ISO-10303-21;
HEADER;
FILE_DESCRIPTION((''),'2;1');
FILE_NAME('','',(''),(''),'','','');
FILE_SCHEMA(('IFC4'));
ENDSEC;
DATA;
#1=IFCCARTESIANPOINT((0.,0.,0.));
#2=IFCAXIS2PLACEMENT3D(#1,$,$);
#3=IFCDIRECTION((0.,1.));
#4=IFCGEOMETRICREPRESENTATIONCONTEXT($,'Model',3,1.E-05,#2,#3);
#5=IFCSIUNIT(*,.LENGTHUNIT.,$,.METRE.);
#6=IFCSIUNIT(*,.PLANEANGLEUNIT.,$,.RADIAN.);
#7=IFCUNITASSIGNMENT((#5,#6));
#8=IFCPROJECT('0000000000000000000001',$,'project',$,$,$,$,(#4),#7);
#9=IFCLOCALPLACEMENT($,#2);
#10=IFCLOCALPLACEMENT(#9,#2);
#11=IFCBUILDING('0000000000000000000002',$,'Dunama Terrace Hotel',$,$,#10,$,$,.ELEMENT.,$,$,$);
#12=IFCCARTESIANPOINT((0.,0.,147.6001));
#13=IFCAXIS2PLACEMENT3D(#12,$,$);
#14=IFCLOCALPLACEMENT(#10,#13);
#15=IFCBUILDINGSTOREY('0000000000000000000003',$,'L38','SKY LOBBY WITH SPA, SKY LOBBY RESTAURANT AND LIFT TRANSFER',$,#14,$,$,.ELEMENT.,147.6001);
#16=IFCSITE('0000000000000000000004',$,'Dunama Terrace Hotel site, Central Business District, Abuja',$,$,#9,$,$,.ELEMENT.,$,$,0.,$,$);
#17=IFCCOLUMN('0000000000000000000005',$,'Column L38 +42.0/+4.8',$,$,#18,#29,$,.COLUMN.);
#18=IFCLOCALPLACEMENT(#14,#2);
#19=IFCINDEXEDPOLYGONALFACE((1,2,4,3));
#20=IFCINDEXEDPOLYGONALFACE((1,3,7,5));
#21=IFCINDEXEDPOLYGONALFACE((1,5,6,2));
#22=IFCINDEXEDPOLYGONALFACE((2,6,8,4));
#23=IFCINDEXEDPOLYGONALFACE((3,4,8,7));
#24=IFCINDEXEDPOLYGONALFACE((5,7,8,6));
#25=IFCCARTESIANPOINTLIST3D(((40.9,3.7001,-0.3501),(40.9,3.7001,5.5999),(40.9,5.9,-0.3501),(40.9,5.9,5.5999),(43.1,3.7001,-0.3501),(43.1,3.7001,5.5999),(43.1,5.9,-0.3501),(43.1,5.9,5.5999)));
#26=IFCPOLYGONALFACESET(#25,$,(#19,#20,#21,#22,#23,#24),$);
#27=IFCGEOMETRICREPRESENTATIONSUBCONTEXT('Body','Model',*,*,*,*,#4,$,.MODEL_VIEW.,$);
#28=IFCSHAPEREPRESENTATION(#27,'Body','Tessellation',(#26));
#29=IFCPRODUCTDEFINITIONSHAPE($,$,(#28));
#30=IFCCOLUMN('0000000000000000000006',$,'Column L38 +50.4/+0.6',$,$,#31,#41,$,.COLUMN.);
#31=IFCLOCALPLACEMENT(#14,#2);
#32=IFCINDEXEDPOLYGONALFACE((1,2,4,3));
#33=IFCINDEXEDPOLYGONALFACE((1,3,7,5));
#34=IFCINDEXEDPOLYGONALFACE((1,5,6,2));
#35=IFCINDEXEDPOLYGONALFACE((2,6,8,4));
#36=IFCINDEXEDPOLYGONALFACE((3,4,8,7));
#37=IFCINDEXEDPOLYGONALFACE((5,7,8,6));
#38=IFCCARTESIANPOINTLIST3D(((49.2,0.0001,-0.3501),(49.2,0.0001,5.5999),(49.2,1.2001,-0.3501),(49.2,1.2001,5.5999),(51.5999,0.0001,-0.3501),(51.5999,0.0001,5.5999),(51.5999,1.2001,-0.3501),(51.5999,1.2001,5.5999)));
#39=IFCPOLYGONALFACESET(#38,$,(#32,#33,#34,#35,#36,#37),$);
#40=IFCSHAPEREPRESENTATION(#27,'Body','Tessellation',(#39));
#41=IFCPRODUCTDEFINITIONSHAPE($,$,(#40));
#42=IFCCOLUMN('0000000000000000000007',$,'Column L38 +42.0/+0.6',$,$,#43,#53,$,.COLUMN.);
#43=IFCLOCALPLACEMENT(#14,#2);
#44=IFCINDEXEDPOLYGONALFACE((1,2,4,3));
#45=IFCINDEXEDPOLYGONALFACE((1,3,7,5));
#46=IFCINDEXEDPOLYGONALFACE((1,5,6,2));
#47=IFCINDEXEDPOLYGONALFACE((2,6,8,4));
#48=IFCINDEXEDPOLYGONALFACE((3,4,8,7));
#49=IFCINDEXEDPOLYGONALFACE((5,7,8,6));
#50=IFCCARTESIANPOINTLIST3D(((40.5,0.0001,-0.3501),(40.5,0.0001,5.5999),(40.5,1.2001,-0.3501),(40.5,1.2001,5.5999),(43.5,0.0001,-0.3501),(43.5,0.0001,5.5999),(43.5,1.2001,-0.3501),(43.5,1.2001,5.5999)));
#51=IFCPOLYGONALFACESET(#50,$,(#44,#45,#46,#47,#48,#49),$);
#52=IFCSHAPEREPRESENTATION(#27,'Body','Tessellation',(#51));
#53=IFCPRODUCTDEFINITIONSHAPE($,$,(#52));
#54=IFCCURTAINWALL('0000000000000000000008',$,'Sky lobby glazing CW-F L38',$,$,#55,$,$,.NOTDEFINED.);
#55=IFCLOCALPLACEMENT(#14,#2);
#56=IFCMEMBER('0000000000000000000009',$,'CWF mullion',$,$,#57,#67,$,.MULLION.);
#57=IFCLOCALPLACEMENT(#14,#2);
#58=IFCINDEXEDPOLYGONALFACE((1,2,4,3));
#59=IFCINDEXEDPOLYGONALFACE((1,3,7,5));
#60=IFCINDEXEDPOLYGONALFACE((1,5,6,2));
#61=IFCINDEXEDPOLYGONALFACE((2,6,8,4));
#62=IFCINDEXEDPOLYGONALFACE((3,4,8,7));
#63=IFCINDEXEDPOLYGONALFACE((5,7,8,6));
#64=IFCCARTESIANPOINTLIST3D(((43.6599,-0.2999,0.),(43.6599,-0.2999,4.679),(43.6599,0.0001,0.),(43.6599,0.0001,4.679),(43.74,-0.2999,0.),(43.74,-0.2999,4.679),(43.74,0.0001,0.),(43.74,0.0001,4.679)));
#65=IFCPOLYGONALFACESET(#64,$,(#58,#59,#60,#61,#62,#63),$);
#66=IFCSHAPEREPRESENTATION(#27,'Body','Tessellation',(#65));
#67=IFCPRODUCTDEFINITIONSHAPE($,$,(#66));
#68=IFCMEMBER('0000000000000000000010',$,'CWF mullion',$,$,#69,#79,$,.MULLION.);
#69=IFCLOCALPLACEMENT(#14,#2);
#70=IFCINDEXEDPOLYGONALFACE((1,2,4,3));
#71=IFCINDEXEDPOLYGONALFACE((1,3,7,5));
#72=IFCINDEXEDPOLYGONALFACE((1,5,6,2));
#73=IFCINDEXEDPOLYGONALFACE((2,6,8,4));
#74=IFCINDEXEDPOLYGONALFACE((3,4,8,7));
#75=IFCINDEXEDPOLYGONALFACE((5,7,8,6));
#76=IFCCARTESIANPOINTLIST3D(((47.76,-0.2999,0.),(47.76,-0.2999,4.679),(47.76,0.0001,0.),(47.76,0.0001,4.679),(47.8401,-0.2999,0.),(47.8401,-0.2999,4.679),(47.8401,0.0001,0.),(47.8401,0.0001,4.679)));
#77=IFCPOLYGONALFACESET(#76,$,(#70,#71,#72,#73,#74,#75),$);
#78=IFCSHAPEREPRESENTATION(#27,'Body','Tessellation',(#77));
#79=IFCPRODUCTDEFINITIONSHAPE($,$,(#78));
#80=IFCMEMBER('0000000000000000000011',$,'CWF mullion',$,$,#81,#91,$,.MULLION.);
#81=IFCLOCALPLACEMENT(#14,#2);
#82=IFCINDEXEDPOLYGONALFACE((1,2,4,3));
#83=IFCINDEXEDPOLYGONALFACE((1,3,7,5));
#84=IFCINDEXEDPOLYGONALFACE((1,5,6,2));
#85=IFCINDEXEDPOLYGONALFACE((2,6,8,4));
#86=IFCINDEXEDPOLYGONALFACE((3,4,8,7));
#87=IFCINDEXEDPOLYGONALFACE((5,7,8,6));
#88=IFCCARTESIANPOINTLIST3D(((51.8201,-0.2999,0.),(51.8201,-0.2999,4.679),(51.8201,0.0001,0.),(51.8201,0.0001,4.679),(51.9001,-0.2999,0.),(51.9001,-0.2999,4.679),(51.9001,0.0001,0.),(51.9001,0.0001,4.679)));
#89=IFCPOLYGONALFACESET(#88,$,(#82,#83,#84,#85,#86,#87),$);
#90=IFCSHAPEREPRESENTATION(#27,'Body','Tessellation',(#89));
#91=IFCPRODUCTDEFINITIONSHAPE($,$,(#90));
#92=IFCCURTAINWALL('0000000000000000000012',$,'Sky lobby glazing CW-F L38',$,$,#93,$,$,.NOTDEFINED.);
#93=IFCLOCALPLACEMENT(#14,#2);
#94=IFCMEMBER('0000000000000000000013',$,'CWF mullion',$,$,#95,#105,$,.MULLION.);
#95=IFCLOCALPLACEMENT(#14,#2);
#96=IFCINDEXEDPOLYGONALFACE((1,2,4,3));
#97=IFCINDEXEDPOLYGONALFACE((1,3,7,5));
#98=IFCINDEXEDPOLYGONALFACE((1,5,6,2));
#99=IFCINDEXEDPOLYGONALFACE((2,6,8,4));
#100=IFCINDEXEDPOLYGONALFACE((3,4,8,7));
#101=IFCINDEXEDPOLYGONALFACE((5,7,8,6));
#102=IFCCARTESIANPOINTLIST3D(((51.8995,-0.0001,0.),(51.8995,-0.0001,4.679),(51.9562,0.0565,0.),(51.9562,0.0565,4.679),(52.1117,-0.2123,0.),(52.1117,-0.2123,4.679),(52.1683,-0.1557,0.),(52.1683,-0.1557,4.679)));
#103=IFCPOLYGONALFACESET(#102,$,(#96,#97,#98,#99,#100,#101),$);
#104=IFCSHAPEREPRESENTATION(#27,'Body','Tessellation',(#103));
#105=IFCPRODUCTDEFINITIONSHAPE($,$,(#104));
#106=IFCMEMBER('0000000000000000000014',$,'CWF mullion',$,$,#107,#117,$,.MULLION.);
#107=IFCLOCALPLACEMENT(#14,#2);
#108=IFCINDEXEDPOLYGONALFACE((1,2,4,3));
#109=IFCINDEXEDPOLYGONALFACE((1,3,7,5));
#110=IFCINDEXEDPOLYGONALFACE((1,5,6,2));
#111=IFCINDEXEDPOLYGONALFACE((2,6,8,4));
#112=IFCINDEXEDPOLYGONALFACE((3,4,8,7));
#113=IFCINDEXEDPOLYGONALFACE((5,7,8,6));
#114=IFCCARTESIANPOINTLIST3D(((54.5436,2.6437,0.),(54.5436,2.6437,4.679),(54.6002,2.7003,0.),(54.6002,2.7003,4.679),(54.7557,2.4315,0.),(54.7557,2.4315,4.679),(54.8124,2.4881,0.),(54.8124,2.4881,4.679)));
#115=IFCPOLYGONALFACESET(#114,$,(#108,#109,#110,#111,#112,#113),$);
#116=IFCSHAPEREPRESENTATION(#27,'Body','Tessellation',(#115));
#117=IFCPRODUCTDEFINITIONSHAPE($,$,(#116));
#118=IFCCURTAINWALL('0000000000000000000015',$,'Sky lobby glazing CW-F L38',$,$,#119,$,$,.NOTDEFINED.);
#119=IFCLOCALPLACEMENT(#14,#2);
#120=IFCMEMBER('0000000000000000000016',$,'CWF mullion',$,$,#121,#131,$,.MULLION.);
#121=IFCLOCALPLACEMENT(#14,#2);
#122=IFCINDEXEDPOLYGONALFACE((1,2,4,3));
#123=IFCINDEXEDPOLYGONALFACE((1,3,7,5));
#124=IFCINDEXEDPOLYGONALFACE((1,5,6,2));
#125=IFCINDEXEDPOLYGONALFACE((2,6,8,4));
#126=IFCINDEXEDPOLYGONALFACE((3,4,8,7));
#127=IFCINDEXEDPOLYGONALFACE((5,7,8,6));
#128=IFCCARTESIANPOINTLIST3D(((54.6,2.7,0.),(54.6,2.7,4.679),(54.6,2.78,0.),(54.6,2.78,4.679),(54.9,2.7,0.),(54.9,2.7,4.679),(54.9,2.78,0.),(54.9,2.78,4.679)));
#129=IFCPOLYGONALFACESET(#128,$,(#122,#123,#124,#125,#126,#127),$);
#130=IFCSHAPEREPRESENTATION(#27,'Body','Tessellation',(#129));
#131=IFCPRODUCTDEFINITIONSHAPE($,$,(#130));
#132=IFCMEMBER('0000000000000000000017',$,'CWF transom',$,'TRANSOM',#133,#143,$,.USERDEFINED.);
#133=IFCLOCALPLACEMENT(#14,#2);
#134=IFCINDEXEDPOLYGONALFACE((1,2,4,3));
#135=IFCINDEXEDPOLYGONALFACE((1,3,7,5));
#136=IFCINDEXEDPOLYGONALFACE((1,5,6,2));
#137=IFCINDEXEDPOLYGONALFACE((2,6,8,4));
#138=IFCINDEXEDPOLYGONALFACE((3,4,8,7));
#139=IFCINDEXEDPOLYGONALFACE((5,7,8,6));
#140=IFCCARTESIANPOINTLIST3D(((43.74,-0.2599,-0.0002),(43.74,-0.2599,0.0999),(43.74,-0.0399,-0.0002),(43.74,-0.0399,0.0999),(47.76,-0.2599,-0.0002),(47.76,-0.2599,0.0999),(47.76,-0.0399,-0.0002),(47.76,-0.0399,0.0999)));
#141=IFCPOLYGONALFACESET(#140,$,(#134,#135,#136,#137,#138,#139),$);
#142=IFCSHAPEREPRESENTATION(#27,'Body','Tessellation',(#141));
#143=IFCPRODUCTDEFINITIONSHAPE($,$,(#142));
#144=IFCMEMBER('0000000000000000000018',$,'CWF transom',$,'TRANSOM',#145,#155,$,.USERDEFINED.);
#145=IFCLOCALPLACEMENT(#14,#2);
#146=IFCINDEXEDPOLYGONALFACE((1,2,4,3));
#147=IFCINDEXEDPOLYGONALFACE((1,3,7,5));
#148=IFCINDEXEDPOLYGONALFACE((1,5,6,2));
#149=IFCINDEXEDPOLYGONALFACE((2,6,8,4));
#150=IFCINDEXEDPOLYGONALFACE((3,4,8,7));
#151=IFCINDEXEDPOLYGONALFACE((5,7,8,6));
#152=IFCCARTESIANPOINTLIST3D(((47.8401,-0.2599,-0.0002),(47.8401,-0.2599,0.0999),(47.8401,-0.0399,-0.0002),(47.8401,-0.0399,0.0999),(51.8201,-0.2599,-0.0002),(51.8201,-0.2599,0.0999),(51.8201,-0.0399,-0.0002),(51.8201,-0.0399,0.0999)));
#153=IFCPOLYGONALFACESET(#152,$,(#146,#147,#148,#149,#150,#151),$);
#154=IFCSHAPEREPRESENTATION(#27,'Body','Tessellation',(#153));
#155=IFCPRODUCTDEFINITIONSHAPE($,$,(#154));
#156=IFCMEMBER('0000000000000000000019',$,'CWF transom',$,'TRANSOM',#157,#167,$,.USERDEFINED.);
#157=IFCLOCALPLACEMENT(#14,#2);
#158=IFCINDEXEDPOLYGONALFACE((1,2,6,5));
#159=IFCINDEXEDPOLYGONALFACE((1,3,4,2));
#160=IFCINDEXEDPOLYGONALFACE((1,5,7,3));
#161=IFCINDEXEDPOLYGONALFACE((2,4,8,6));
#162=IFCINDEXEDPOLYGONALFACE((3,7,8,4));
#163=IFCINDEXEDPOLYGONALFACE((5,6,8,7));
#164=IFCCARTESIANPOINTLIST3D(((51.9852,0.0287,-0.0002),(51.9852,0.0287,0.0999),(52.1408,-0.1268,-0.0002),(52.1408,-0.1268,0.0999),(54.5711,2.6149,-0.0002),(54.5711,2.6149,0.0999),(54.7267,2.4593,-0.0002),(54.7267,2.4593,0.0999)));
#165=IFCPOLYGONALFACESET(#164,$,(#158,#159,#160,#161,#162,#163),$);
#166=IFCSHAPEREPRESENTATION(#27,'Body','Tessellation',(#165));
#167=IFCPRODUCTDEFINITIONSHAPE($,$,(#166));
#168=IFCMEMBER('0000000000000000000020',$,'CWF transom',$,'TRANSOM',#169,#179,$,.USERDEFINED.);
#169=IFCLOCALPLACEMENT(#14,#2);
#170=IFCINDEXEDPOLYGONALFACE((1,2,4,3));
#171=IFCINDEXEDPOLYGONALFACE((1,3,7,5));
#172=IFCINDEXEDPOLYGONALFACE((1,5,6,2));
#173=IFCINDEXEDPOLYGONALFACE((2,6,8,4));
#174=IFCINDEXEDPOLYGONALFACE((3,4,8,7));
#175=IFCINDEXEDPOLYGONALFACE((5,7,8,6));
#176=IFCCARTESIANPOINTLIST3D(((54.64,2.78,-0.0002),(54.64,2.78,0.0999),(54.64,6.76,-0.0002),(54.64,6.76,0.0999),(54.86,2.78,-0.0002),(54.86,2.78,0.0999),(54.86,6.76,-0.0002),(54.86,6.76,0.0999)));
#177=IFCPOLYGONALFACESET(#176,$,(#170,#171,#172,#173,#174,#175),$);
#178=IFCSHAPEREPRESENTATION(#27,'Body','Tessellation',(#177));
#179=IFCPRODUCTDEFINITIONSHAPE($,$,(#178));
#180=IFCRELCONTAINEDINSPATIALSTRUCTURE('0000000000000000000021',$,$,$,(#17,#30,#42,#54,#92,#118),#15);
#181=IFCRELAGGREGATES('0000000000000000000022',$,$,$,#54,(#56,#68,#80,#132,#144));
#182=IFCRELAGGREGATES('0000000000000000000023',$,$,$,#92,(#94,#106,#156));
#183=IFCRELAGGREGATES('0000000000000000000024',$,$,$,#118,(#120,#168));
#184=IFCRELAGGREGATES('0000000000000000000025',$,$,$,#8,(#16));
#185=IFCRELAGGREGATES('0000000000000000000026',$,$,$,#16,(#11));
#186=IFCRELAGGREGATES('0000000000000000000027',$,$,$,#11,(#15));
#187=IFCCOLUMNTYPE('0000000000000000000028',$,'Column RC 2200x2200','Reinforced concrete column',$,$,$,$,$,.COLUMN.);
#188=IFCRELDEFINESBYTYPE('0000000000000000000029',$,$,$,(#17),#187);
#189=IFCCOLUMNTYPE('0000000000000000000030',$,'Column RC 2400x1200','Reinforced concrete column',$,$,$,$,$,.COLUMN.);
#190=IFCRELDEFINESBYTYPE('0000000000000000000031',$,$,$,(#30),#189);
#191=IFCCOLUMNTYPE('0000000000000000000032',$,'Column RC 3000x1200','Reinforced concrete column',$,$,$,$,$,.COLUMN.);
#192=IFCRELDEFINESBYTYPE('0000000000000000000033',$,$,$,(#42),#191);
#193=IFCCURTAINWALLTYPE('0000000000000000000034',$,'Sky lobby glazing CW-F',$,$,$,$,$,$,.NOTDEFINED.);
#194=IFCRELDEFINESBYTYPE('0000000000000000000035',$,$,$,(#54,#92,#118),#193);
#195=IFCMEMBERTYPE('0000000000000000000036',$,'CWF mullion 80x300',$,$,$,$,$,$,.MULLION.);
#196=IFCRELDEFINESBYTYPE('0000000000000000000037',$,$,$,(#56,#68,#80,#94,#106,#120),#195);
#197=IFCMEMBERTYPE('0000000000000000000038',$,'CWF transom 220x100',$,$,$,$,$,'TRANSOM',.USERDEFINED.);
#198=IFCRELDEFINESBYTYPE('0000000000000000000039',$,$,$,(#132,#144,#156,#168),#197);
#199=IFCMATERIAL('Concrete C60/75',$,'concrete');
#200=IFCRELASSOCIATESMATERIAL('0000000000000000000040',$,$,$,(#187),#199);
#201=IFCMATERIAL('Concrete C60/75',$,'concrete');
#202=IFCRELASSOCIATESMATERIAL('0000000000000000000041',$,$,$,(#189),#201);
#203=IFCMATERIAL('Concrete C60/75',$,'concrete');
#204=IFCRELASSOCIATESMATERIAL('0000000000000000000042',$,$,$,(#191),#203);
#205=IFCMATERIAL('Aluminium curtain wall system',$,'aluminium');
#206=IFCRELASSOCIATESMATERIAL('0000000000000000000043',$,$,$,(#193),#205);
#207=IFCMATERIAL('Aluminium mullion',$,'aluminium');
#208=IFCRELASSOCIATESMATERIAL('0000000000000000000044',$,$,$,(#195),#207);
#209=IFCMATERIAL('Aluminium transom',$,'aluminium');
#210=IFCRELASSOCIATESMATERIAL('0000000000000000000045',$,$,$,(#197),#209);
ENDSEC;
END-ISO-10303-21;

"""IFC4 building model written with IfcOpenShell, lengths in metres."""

from ifc_helpers import new_model, si_unit, direction, frame, origin, origin_2d, place, context, subcontext, project, spatial, rectangle, extrude, material, material_profile, profile_set, type_object, element, aggregate, save


model = new_model("IFC4")

# Units and contexts
model_context = context("Model", 3, precision=1e-05, world=origin(), true_north=direction((0.0, 1.0)))
body_context = subcontext(model_context, "Body", "Model", "MODEL_VIEW")
ifc_project = project(units=[si_unit("LENGTHUNIT", "METRE"), si_unit("PLANEANGLEUNIT", "RADIAN")], contexts=[model_context])

# Site, building, storey
site_placement = place(None, origin())
site = spatial("IfcSite", under=ifc_project, at=site_placement, Name="Dunama Terrace Hotel site, Central Business District, Abuja", CompositionType="ELEMENT", RefElevation=0.0)
building_placement = place(site_placement, origin())
building = spatial("IfcBuilding", under=site, at=building_placement, Name="Dunama Terrace Hotel", CompositionType="ELEMENT")
storey_placement = place(building_placement, frame((0.0, 0.0, 147.6001)))
storey = spatial("IfcBuildingStorey", under=building, at=storey_placement, Name="L38", Description="SKY LOBBY WITH SPA, SKY LOBBY RESTAURANT AND LIFT TRANSFER", CompositionType="ELEMENT", Elevation=147.6001)

# Columns
ifc_material_1 = material(Name="Concrete C60/75", Category="concrete")
ifc_material_profile_1 = material_profile(ifc_material_1, rectangle(XDim=2.2, YDim=2.2, at=origin_2d()), Name="RC 2200x2200")
ifc_profile_set_1 = profile_set([ifc_material_profile_1], Name="Concrete C60/75")
column_type_1 = type_object("IfcColumnType", Name="Column RC 2200x2200", Description="Reinforced concrete column", PredefinedType="COLUMN", material=ifc_profile_set_1)
column_1_placement = place(storey_placement, frame((42.0, 4.8, -0.3501), z_axis=(0.0, 0.0, 1.0), x_axis=(1.0, 0.0, 0.0)))
element("IfcColumn", 1, at=column_1_placement, inside=storey, type_object=column_type_1, Name="Column L38 +42.0/+4.8", PredefinedType="COLUMN", context=body_context, shape_type="SweptSolid", body=[
    extrude(rectangle(XDim=2.2, YDim=2.2, at=origin_2d()), origin(), (0.0, 0.0, 1.0), 5.95),
])
ifc_material_2 = material(Name="Concrete C60/75", Category="concrete")
ifc_material_profile_2 = material_profile(ifc_material_2, rectangle(XDim=2.3999, YDim=1.2, at=origin_2d()), Name="RC 2400x1200")
ifc_profile_set_2 = profile_set([ifc_material_profile_2], Name="Concrete C60/75")
column_type_2 = type_object("IfcColumnType", Name="Column RC 2400x1200", Description="Reinforced concrete column", PredefinedType="COLUMN", material=ifc_profile_set_2)
column_2_placement = place(storey_placement, frame((50.3999, 0.6001, -0.3501), z_axis=(0.0, 0.0, 1.0), x_axis=(1.0, 0.0, 0.0)))
element("IfcColumn", 2, at=column_2_placement, inside=storey, type_object=column_type_2, Name="Column L38 +50.4/+0.6", PredefinedType="COLUMN", context=body_context, shape_type="SweptSolid", body=[
    extrude(rectangle(XDim=2.3999, YDim=1.2, at=origin_2d()), origin(), (0.0, 0.0, 1.0), 5.95),
])
ifc_material_3 = material(Name="Concrete C60/75", Category="concrete")
ifc_material_profile_3 = material_profile(ifc_material_3, rectangle(XDim=3.0, YDim=1.2, at=origin_2d()), Name="RC 3000x1200")
ifc_profile_set_3 = profile_set([ifc_material_profile_3], Name="Concrete C60/75")
column_type_3 = type_object("IfcColumnType", Name="Column RC 3000x1200", Description="Reinforced concrete column", PredefinedType="COLUMN", material=ifc_profile_set_3)
column_3_placement = place(storey_placement, frame((42.0, 0.6001, -0.3501), z_axis=(0.0, 0.0, 1.0), x_axis=(1.0, 0.0, 0.0)))
element("IfcColumn", 3, at=column_3_placement, inside=storey, type_object=column_type_3, Name="Column L38 +42.0/+0.6", PredefinedType="COLUMN", context=body_context, shape_type="SweptSolid", body=[
    extrude(rectangle(XDim=3.0, YDim=1.2, at=origin_2d()), origin(), (0.0, 0.0, 1.0), 5.95),
])

# Curtain walls, members
ifc_material_4 = material(Name="Aluminium curtain wall system", Category="aluminium")
curtain_wall_type = type_object("IfcCurtainWallType", Name="Sky lobby glazing CW-F", PredefinedType="NOTDEFINED", material=ifc_material_4)
curtain_wall_1_placement = place(storey_placement, origin())
curtain_wall_1 = element("IfcCurtainWall", 4, at=curtain_wall_1_placement, inside=storey, type_object=curtain_wall_type, Name="Sky lobby glazing CW-F L38", PredefinedType="NOTDEFINED")
ifc_material_5 = material(Name="Aluminium mullion", Category="aluminium")
ifc_material_profile_4 = material_profile(ifc_material_5, rectangle(XDim=0.0801, YDim=0.3, at=origin_2d()), Name="CWF MULLION 80X300")
ifc_profile_set_4 = profile_set([ifc_material_profile_4], Name="Aluminium mullion")
member_type_1 = type_object("IfcMemberType", Name="CWF mullion 80x300", PredefinedType="MULLION", material=ifc_profile_set_4)
member_1_placement = place(storey_placement, frame((43.7, -0.1499, 0.0), z_axis=(0.0, 0.0, 1.0), x_axis=(1.0, 0.0, 0.0)))
member_1 = element("IfcMember", 5, at=member_1_placement, type_object=member_type_1, Name="CWF mullion", PredefinedType="MULLION", context=body_context, shape_type="SweptSolid", body=[
    extrude(rectangle(XDim=0.0801, YDim=0.3, at=origin_2d()), origin(), (0.0, 0.0, 1.0), 4.679),
])
member_2_placement = place(storey_placement, frame((47.8, -0.1499, 0.0), z_axis=(0.0, 0.0, 1.0), x_axis=(1.0, 0.0, 0.0)))
member_2 = element("IfcMember", 6, at=member_2_placement, type_object=member_type_1, Name="CWF mullion", PredefinedType="MULLION", context=body_context, shape_type="SweptSolid", body=[
    extrude(rectangle(XDim=0.0801, YDim=0.3, at=origin_2d()), origin(), (0.0, 0.0, 1.0), 4.679),
])
member_3_placement = place(storey_placement, frame((51.8601, -0.1499, 0.0), z_axis=(0.0, 0.0, 1.0), x_axis=(1.0, 0.0, 0.0)))
member_3 = element("IfcMember", 7, at=member_3_placement, type_object=member_type_1, Name="CWF mullion", PredefinedType="MULLION", context=body_context, shape_type="SweptSolid", body=[
    extrude(rectangle(XDim=0.0801, YDim=0.3, at=origin_2d()), origin(), (0.0, 0.0, 1.0), 4.679),
])
curtain_wall_2_placement = place(storey_placement, origin())
curtain_wall_2 = element("IfcCurtainWall", 8, at=curtain_wall_2_placement, inside=storey, type_object=curtain_wall_type, Name="Sky lobby glazing CW-F L38", PredefinedType="NOTDEFINED")
member_4_placement = place(storey_placement, frame((52.0339, -0.0779, 0.0), z_axis=(0.0, 0.0, 1.0), x_axis=(0.707107, 0.707107, 0.0)))
member_4 = element("IfcMember", 9, at=member_4_placement, type_object=member_type_1, Name="CWF mullion", PredefinedType="MULLION", context=body_context, shape_type="SweptSolid", body=[
    extrude(rectangle(XDim=0.0801, YDim=0.3, at=origin_2d()), origin(), (0.0, 0.0, 1.0), 4.679),
])
member_5_placement = place(storey_placement, frame((54.678, 2.5659, 0.0), z_axis=(0.0, 0.0, 1.0), x_axis=(0.707107, 0.707107, 0.0)))
member_5 = element("IfcMember", 10, at=member_5_placement, type_object=member_type_1, Name="CWF mullion", PredefinedType="MULLION", context=body_context, shape_type="SweptSolid", body=[
    extrude(rectangle(XDim=0.0801, YDim=0.3, at=origin_2d()), origin(), (0.0, 0.0, 1.0), 4.679),
])

# Curtain wall, member
curtain_wall_3_placement = place(storey_placement, origin())
curtain_wall_3 = element("IfcCurtainWall", 11, at=curtain_wall_3_placement, inside=storey, type_object=curtain_wall_type, Name="Sky lobby glazing CW-F L38", PredefinedType="NOTDEFINED")
member_6_placement = place(storey_placement, frame((54.75, 2.74, 0.0), z_axis=(0.0, 0.0, 1.0), x_axis=(0.0, 1.0, 0.0)))
member_6 = element("IfcMember", 12, at=member_6_placement, type_object=member_type_1, Name="CWF mullion", PredefinedType="MULLION", context=body_context, shape_type="SweptSolid", body=[
    extrude(rectangle(XDim=0.0801, YDim=0.3, at=origin_2d()), origin(), (0.0, 0.0, 1.0), 4.679),
])

# Members
ifc_material_6 = material(Name="Aluminium transom", Category="aluminium")
ifc_material_profile_5 = material_profile(ifc_material_6, rectangle(XDim=0.22, YDim=0.1001, at=origin_2d()), Name="CWF TRANSOM 220X100")
ifc_profile_set_5 = profile_set([ifc_material_profile_5], Name="Aluminium transom")
member_type_2 = type_object("IfcMemberType", Name="CWF transom 220x100", ElementType="TRANSOM", PredefinedType="USERDEFINED", material=ifc_profile_set_5)
member_7_placement = place(storey_placement, frame((43.74, -0.1499, 0.0498), z_axis=(1.0, 0.0, 0.0), x_axis=(0.0, 1.0, 0.0)))
member_7 = element("IfcMember", 13, at=member_7_placement, type_object=member_type_2, Name="CWF transom", ObjectType="TRANSOM", PredefinedType="USERDEFINED", context=body_context, shape_type="SweptSolid", body=[
    extrude(rectangle(XDim=0.22, YDim=0.1001, at=origin_2d()), origin(), (0.0, 0.0, 1.0), 4.02),
])
member_8_placement = place(storey_placement, frame((47.8401, -0.1499, 0.0498), z_axis=(1.0, 0.0, 0.0), x_axis=(0.0, 1.0, 0.0)))
member_8 = element("IfcMember", 14, at=member_8_placement, type_object=member_type_2, Name="CWF transom", ObjectType="TRANSOM", PredefinedType="USERDEFINED", context=body_context, shape_type="SweptSolid", body=[
    extrude(rectangle(XDim=0.22, YDim=0.1001, at=origin_2d()), origin(), (0.0, 0.0, 1.0), 3.98),
])
member_9_placement = place(storey_placement, frame((52.063, -0.0491, 0.0498), z_axis=(0.707073, 0.70714, 0.0), x_axis=(-0.70714, 0.707073, 0.0)))
member_9 = element("IfcMember", 15, at=member_9_placement, type_object=member_type_2, Name="CWF transom", ObjectType="TRANSOM", PredefinedType="USERDEFINED", context=body_context, shape_type="SweptSolid", body=[
    extrude(rectangle(XDim=0.22, YDim=0.1001, at=origin_2d()), origin(), (0.0, 0.0, 1.0), 3.6572),
])
member_10_placement = place(storey_placement, frame((54.75, 2.78, 0.0498), z_axis=(0.0, 1.0, 0.0), x_axis=(-1.0, 0.0, 0.0)))
member_10 = element("IfcMember", 16, at=member_10_placement, type_object=member_type_2, Name="CWF transom", ObjectType="TRANSOM", PredefinedType="USERDEFINED", context=body_context, shape_type="SweptSolid", body=[
    extrude(rectangle(XDim=0.22, YDim=0.1001, at=origin_2d()), origin(), (0.0, 0.0, 1.0), 3.98),
])

aggregate(curtain_wall_1, [member_1, member_2, member_3, member_7, member_8])
aggregate(curtain_wall_2, [member_4, member_5, member_9])
aggregate(curtain_wall_3, [member_6, member_10])

save(model, "model.ifc")
